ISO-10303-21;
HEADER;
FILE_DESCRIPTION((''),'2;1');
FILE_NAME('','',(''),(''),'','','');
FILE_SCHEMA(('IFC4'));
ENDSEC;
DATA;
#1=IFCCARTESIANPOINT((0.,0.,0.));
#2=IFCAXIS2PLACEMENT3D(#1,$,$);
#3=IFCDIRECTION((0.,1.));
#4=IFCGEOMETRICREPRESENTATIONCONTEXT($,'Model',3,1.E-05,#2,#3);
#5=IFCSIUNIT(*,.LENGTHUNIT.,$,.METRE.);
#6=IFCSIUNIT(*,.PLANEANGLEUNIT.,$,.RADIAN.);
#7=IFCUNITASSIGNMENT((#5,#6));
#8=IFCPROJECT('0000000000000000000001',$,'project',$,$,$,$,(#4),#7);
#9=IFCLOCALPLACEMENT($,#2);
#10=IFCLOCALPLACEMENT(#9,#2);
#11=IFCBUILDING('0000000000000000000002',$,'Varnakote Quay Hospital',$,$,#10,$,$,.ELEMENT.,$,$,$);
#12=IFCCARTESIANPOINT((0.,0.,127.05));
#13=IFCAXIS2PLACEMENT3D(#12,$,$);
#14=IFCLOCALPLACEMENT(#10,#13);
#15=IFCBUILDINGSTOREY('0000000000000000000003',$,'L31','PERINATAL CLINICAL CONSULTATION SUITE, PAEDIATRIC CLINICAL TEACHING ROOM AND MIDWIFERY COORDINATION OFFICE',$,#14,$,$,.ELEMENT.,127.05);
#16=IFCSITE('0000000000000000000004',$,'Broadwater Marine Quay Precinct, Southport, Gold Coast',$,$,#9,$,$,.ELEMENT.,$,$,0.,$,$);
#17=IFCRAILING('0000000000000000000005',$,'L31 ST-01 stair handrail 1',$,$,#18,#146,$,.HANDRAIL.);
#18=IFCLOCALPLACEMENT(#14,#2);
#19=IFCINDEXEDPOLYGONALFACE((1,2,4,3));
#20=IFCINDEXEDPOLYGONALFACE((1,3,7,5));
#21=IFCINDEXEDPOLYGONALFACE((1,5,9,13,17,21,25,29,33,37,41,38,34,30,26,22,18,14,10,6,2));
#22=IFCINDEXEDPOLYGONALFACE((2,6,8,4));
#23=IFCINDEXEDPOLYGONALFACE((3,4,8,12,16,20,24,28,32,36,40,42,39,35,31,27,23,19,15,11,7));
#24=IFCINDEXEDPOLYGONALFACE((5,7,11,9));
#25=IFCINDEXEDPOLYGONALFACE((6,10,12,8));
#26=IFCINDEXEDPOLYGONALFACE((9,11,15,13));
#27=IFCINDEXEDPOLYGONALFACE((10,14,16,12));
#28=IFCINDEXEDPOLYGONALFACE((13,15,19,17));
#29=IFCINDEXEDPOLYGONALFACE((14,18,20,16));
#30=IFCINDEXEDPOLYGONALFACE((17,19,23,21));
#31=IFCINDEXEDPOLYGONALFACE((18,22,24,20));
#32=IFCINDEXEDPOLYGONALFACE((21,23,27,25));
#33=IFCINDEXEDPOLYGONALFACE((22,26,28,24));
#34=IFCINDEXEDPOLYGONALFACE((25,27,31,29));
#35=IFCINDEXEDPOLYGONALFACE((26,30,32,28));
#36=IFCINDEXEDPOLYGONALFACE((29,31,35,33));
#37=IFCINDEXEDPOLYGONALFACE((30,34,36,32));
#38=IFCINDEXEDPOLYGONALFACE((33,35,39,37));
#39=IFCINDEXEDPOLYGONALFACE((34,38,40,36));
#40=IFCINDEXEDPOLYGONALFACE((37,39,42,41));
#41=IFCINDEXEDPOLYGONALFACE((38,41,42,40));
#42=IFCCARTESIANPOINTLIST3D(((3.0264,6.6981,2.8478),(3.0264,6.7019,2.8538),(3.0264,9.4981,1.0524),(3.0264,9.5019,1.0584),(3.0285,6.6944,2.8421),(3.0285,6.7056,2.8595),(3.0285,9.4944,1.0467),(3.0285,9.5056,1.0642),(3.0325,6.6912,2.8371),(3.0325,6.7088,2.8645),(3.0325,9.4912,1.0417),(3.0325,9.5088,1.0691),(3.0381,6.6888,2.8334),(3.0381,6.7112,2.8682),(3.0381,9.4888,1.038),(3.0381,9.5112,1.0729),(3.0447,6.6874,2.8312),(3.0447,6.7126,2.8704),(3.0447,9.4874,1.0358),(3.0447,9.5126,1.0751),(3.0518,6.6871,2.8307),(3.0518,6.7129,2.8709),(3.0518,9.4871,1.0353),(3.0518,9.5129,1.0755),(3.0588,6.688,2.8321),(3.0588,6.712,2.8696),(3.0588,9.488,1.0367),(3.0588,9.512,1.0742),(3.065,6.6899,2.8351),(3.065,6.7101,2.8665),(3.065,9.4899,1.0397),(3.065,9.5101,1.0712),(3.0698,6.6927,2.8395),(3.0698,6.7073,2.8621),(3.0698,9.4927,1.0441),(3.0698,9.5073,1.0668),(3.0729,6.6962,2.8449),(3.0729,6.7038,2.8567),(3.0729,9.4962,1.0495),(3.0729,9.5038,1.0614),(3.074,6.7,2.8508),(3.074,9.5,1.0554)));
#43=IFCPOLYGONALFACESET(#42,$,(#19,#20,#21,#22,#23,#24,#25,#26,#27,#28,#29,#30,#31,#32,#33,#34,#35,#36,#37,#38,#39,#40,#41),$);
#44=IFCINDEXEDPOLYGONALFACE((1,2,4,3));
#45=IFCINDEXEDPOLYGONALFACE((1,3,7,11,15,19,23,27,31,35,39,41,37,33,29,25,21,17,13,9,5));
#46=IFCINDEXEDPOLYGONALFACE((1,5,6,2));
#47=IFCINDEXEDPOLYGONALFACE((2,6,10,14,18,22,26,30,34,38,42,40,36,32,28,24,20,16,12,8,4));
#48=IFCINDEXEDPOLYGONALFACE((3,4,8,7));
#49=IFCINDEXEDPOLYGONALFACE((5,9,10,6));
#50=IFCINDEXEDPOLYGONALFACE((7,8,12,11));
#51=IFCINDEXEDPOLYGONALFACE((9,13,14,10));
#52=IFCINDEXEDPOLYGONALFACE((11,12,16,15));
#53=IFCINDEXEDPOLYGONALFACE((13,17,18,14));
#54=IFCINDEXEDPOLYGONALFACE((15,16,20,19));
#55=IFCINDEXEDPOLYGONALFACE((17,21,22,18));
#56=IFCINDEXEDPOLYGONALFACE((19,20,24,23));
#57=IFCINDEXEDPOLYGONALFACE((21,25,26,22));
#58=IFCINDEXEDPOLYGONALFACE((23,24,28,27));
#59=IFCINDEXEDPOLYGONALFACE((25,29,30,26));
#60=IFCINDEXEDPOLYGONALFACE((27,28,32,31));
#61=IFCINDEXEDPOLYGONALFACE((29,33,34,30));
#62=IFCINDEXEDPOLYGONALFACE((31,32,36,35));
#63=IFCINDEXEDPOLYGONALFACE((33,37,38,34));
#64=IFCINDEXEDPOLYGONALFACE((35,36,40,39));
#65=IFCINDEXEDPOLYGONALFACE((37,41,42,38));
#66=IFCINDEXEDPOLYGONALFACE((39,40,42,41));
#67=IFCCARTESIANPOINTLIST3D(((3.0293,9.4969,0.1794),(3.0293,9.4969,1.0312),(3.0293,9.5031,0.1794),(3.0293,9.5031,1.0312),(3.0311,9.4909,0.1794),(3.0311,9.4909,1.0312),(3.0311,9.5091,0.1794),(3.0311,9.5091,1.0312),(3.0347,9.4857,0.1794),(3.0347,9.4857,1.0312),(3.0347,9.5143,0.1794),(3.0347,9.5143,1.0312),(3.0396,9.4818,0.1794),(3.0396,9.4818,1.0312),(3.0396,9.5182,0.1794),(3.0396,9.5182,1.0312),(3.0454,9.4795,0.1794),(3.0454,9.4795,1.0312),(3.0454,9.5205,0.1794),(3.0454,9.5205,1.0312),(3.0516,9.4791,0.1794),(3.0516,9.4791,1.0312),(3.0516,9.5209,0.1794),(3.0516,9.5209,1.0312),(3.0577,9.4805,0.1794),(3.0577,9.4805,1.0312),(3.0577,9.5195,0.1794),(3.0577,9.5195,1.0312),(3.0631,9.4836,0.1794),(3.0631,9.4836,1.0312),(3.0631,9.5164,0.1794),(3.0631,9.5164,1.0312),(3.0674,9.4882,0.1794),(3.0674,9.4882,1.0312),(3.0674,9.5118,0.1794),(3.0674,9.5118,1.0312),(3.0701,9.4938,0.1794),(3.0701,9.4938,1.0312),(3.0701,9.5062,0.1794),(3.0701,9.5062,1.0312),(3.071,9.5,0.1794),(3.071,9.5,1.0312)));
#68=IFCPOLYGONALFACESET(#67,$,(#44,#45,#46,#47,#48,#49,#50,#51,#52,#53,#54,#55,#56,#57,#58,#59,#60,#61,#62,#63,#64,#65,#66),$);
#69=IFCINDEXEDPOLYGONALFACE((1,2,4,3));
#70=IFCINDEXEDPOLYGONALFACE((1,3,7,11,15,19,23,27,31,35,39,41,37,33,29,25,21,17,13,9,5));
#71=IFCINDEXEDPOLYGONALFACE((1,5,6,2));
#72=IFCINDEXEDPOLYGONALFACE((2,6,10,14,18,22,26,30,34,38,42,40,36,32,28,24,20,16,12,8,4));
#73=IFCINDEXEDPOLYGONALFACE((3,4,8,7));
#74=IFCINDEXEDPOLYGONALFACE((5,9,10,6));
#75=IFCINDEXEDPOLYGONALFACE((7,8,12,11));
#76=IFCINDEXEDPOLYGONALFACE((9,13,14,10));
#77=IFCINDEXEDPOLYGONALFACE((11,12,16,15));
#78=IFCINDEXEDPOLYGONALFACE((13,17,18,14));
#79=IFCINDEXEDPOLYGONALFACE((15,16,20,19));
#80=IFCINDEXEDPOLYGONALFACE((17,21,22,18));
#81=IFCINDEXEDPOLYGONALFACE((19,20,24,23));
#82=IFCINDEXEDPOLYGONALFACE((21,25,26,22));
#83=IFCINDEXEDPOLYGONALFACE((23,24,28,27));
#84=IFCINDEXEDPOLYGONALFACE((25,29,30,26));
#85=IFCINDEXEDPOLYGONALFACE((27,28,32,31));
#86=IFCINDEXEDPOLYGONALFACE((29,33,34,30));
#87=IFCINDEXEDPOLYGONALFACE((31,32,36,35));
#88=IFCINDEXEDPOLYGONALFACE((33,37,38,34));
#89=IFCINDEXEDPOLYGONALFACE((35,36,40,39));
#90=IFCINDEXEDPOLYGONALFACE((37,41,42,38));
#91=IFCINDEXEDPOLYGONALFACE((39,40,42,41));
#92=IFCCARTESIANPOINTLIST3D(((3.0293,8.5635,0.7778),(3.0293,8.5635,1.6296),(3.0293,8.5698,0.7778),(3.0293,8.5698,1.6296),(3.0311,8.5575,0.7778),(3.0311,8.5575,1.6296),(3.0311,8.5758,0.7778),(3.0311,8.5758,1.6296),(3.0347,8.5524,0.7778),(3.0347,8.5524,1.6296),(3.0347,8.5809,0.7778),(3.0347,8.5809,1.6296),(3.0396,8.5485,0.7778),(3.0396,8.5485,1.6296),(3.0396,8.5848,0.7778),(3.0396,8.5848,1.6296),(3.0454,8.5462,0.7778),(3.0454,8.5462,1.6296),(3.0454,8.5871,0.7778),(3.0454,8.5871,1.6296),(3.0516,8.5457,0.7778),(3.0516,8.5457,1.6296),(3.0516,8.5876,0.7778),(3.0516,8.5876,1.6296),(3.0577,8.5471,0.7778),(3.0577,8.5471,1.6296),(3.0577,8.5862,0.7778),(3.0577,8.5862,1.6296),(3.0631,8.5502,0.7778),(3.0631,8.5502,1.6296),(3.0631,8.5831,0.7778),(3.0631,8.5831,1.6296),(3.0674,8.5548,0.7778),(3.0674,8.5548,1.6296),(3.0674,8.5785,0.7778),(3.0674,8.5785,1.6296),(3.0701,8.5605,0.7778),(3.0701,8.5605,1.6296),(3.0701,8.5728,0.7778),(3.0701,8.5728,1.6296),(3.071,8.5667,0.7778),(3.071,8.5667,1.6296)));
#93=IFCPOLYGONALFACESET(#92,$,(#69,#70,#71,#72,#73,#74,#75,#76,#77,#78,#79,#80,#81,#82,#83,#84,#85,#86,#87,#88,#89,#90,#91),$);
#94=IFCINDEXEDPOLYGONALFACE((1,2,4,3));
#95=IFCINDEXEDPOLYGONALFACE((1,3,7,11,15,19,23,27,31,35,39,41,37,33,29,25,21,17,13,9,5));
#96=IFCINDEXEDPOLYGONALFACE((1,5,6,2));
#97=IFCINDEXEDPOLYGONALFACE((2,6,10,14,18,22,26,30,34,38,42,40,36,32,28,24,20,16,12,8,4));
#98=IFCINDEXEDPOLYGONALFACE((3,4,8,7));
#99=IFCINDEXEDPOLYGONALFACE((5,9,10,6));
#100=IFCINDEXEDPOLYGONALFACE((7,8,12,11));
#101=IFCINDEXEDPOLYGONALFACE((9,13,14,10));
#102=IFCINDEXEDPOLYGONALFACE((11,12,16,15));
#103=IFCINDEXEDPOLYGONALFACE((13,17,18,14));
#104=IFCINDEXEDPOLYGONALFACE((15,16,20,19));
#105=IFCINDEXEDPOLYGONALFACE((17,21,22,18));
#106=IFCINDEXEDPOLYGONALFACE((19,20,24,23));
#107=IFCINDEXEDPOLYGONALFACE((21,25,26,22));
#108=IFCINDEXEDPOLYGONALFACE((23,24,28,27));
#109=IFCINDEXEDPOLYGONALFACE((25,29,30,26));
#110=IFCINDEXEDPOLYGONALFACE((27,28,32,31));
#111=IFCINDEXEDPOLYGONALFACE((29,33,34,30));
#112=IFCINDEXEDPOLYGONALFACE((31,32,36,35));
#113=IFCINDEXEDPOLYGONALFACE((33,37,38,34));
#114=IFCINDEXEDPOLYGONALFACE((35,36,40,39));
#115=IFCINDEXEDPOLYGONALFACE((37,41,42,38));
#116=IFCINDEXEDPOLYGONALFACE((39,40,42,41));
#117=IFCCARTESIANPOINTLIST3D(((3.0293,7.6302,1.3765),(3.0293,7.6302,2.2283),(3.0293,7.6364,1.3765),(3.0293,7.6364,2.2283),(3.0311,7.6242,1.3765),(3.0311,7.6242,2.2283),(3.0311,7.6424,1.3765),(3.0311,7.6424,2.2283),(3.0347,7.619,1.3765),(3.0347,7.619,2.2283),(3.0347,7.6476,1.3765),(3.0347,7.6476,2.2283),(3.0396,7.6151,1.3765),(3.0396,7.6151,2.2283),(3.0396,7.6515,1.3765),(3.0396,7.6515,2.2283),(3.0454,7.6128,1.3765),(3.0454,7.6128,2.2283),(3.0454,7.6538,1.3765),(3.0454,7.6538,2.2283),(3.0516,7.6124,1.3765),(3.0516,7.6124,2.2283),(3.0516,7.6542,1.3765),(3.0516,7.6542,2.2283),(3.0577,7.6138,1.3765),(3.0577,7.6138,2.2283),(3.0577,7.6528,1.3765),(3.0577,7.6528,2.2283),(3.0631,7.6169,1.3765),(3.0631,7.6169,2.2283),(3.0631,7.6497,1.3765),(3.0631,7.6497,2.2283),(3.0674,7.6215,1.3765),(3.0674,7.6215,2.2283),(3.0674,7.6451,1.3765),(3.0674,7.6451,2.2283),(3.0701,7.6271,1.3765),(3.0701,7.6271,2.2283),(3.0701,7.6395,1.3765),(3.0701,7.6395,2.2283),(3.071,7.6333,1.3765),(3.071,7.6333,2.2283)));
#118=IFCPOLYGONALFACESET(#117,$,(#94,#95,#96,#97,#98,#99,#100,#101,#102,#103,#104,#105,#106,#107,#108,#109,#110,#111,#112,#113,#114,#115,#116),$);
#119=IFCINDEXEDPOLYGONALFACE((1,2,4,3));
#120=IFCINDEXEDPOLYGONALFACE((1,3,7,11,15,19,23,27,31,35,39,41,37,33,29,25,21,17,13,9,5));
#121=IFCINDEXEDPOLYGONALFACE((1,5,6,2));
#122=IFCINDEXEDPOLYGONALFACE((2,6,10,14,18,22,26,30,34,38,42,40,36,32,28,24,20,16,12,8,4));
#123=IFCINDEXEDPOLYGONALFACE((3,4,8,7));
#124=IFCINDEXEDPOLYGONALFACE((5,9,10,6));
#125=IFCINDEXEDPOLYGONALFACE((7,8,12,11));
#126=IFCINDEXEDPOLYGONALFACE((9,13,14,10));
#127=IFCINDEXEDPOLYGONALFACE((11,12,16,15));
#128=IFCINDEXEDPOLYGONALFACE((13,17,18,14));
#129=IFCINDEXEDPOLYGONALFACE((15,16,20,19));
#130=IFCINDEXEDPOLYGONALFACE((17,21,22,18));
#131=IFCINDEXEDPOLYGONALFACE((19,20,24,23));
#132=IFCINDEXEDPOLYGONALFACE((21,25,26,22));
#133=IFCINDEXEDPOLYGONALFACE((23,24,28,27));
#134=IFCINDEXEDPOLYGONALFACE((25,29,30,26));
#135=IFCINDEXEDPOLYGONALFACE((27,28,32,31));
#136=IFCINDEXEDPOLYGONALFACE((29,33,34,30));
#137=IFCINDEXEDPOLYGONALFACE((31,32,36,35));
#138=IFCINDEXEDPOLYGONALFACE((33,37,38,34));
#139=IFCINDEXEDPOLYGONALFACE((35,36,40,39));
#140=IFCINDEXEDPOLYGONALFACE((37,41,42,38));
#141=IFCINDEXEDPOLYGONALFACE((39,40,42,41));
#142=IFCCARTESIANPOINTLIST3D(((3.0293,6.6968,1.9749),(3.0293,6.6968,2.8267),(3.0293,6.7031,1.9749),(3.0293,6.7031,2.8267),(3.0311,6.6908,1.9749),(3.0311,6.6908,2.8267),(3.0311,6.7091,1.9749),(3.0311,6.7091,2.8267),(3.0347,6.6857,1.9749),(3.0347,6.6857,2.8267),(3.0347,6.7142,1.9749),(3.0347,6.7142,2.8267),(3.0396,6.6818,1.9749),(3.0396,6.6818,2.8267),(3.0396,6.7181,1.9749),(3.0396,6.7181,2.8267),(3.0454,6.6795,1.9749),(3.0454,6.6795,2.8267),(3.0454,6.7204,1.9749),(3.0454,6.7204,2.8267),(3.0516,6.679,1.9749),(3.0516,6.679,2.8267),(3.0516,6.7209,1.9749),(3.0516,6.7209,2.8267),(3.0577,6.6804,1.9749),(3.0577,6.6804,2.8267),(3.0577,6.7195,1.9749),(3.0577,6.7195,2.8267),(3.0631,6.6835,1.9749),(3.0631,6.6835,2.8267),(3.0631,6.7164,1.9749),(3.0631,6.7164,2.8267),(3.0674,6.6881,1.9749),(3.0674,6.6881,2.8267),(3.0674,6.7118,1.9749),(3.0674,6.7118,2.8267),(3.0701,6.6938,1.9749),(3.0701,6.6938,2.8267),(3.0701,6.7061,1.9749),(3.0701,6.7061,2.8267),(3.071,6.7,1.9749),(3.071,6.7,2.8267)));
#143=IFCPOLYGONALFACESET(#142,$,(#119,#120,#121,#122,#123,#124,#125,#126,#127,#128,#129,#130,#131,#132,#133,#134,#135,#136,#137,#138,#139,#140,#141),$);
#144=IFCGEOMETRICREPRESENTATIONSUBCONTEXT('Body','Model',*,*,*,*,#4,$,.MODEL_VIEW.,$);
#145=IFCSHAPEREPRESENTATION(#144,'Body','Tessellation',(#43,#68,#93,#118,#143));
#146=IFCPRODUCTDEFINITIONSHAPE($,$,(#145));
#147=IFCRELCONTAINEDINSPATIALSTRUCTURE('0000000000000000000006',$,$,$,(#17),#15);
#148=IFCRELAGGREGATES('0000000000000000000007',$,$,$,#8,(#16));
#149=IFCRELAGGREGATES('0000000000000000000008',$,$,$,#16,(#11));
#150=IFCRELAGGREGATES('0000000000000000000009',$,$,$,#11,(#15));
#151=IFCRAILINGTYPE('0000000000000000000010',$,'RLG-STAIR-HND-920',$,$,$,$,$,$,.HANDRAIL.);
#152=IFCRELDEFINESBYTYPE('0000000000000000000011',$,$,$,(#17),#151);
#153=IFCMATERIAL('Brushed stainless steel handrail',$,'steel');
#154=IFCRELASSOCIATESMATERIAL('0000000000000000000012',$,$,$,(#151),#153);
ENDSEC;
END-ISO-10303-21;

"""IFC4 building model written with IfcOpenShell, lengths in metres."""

from ifc_helpers import new_model, si_unit, direction, frame, origin, origin_2d, place, context, subcontext, project, spatial, circle, extrude, material, type_object, element, save


model = new_model("IFC4")

# Units and contexts
model_context = context("Model", 3, precision=1e-05, world=origin(), true_north=direction((0.0, 1.0)))
body_context = subcontext(model_context, "Body", "Model", "MODEL_VIEW")
ifc_project = project(units=[si_unit("LENGTHUNIT", "METRE"), si_unit("PLANEANGLEUNIT", "RADIAN")], contexts=[model_context])

# Site, building, storey
site_placement = place(None, origin())
site = spatial("IfcSite", under=ifc_project, at=site_placement, Name="Broadwater Marine Quay Precinct, Southport, Gold Coast", CompositionType="ELEMENT", RefElevation=0.0)
building_placement = place(site_placement, origin())
building = spatial("IfcBuilding", under=site, at=building_placement, Name="Varnakote Quay Hospital", CompositionType="ELEMENT")
storey_placement = place(building_placement, frame((0.0, 0.0, 127.05)))
storey = spatial("IfcBuildingStorey", under=building, at=storey_placement, Name="L31", Description="PERINATAL CLINICAL CONSULTATION SUITE, PAEDIATRIC CLINICAL TEACHING ROOM AND MIDWIFERY COORDINATION OFFICE", CompositionType="ELEMENT", Elevation=127.05)

# Railing
ifc_material_1 = material(Name="Brushed stainless steel handrail", Category="steel")
railing_type_1 = type_object("IfcRailingType", Name="RLG-STAIR-HND-920", PredefinedType="HANDRAIL", material=ifc_material_1)
railing_1_placement = place(storey_placement, frame((3.05, 9.5, 0.1794)))
element("IfcRailing", 1, at=railing_1_placement, inside=storey, type_object=railing_type_1, Name="L31 ST-01 stair handrail 1", PredefinedType="HANDRAIL", context=body_context, shape_type="SweptSolid", body=[
    extrude(circle(Radius=0.0239, at=origin_2d()), frame((0.0, 0.0, 0.876), z_axis=(0.0, -0.84181, 0.539774), x_axis=(1.0, 0.0, 0.0)), (0.0, 0.0, 1.0), 3.3262),
    extrude(circle(Radius=0.021, at=origin_2d()), origin(), (0.0, 0.0, 1.0), 0.8518),
    extrude(circle(Radius=0.021, at=origin_2d()), frame((0.0, -0.9333, 0.5984)), (0.0, 0.0, 1.0), 0.8518),
    extrude(circle(Radius=0.021, at=origin_2d()), frame((0.0, -1.8667, 1.197)), (0.0, 0.0, 1.0), 0.8518),
    extrude(circle(Radius=0.021, at=origin_2d()), frame((0.0, -2.8, 1.7954)), (0.0, 0.0, 1.0), 0.8518),
])

save(model, "model.ifc")
